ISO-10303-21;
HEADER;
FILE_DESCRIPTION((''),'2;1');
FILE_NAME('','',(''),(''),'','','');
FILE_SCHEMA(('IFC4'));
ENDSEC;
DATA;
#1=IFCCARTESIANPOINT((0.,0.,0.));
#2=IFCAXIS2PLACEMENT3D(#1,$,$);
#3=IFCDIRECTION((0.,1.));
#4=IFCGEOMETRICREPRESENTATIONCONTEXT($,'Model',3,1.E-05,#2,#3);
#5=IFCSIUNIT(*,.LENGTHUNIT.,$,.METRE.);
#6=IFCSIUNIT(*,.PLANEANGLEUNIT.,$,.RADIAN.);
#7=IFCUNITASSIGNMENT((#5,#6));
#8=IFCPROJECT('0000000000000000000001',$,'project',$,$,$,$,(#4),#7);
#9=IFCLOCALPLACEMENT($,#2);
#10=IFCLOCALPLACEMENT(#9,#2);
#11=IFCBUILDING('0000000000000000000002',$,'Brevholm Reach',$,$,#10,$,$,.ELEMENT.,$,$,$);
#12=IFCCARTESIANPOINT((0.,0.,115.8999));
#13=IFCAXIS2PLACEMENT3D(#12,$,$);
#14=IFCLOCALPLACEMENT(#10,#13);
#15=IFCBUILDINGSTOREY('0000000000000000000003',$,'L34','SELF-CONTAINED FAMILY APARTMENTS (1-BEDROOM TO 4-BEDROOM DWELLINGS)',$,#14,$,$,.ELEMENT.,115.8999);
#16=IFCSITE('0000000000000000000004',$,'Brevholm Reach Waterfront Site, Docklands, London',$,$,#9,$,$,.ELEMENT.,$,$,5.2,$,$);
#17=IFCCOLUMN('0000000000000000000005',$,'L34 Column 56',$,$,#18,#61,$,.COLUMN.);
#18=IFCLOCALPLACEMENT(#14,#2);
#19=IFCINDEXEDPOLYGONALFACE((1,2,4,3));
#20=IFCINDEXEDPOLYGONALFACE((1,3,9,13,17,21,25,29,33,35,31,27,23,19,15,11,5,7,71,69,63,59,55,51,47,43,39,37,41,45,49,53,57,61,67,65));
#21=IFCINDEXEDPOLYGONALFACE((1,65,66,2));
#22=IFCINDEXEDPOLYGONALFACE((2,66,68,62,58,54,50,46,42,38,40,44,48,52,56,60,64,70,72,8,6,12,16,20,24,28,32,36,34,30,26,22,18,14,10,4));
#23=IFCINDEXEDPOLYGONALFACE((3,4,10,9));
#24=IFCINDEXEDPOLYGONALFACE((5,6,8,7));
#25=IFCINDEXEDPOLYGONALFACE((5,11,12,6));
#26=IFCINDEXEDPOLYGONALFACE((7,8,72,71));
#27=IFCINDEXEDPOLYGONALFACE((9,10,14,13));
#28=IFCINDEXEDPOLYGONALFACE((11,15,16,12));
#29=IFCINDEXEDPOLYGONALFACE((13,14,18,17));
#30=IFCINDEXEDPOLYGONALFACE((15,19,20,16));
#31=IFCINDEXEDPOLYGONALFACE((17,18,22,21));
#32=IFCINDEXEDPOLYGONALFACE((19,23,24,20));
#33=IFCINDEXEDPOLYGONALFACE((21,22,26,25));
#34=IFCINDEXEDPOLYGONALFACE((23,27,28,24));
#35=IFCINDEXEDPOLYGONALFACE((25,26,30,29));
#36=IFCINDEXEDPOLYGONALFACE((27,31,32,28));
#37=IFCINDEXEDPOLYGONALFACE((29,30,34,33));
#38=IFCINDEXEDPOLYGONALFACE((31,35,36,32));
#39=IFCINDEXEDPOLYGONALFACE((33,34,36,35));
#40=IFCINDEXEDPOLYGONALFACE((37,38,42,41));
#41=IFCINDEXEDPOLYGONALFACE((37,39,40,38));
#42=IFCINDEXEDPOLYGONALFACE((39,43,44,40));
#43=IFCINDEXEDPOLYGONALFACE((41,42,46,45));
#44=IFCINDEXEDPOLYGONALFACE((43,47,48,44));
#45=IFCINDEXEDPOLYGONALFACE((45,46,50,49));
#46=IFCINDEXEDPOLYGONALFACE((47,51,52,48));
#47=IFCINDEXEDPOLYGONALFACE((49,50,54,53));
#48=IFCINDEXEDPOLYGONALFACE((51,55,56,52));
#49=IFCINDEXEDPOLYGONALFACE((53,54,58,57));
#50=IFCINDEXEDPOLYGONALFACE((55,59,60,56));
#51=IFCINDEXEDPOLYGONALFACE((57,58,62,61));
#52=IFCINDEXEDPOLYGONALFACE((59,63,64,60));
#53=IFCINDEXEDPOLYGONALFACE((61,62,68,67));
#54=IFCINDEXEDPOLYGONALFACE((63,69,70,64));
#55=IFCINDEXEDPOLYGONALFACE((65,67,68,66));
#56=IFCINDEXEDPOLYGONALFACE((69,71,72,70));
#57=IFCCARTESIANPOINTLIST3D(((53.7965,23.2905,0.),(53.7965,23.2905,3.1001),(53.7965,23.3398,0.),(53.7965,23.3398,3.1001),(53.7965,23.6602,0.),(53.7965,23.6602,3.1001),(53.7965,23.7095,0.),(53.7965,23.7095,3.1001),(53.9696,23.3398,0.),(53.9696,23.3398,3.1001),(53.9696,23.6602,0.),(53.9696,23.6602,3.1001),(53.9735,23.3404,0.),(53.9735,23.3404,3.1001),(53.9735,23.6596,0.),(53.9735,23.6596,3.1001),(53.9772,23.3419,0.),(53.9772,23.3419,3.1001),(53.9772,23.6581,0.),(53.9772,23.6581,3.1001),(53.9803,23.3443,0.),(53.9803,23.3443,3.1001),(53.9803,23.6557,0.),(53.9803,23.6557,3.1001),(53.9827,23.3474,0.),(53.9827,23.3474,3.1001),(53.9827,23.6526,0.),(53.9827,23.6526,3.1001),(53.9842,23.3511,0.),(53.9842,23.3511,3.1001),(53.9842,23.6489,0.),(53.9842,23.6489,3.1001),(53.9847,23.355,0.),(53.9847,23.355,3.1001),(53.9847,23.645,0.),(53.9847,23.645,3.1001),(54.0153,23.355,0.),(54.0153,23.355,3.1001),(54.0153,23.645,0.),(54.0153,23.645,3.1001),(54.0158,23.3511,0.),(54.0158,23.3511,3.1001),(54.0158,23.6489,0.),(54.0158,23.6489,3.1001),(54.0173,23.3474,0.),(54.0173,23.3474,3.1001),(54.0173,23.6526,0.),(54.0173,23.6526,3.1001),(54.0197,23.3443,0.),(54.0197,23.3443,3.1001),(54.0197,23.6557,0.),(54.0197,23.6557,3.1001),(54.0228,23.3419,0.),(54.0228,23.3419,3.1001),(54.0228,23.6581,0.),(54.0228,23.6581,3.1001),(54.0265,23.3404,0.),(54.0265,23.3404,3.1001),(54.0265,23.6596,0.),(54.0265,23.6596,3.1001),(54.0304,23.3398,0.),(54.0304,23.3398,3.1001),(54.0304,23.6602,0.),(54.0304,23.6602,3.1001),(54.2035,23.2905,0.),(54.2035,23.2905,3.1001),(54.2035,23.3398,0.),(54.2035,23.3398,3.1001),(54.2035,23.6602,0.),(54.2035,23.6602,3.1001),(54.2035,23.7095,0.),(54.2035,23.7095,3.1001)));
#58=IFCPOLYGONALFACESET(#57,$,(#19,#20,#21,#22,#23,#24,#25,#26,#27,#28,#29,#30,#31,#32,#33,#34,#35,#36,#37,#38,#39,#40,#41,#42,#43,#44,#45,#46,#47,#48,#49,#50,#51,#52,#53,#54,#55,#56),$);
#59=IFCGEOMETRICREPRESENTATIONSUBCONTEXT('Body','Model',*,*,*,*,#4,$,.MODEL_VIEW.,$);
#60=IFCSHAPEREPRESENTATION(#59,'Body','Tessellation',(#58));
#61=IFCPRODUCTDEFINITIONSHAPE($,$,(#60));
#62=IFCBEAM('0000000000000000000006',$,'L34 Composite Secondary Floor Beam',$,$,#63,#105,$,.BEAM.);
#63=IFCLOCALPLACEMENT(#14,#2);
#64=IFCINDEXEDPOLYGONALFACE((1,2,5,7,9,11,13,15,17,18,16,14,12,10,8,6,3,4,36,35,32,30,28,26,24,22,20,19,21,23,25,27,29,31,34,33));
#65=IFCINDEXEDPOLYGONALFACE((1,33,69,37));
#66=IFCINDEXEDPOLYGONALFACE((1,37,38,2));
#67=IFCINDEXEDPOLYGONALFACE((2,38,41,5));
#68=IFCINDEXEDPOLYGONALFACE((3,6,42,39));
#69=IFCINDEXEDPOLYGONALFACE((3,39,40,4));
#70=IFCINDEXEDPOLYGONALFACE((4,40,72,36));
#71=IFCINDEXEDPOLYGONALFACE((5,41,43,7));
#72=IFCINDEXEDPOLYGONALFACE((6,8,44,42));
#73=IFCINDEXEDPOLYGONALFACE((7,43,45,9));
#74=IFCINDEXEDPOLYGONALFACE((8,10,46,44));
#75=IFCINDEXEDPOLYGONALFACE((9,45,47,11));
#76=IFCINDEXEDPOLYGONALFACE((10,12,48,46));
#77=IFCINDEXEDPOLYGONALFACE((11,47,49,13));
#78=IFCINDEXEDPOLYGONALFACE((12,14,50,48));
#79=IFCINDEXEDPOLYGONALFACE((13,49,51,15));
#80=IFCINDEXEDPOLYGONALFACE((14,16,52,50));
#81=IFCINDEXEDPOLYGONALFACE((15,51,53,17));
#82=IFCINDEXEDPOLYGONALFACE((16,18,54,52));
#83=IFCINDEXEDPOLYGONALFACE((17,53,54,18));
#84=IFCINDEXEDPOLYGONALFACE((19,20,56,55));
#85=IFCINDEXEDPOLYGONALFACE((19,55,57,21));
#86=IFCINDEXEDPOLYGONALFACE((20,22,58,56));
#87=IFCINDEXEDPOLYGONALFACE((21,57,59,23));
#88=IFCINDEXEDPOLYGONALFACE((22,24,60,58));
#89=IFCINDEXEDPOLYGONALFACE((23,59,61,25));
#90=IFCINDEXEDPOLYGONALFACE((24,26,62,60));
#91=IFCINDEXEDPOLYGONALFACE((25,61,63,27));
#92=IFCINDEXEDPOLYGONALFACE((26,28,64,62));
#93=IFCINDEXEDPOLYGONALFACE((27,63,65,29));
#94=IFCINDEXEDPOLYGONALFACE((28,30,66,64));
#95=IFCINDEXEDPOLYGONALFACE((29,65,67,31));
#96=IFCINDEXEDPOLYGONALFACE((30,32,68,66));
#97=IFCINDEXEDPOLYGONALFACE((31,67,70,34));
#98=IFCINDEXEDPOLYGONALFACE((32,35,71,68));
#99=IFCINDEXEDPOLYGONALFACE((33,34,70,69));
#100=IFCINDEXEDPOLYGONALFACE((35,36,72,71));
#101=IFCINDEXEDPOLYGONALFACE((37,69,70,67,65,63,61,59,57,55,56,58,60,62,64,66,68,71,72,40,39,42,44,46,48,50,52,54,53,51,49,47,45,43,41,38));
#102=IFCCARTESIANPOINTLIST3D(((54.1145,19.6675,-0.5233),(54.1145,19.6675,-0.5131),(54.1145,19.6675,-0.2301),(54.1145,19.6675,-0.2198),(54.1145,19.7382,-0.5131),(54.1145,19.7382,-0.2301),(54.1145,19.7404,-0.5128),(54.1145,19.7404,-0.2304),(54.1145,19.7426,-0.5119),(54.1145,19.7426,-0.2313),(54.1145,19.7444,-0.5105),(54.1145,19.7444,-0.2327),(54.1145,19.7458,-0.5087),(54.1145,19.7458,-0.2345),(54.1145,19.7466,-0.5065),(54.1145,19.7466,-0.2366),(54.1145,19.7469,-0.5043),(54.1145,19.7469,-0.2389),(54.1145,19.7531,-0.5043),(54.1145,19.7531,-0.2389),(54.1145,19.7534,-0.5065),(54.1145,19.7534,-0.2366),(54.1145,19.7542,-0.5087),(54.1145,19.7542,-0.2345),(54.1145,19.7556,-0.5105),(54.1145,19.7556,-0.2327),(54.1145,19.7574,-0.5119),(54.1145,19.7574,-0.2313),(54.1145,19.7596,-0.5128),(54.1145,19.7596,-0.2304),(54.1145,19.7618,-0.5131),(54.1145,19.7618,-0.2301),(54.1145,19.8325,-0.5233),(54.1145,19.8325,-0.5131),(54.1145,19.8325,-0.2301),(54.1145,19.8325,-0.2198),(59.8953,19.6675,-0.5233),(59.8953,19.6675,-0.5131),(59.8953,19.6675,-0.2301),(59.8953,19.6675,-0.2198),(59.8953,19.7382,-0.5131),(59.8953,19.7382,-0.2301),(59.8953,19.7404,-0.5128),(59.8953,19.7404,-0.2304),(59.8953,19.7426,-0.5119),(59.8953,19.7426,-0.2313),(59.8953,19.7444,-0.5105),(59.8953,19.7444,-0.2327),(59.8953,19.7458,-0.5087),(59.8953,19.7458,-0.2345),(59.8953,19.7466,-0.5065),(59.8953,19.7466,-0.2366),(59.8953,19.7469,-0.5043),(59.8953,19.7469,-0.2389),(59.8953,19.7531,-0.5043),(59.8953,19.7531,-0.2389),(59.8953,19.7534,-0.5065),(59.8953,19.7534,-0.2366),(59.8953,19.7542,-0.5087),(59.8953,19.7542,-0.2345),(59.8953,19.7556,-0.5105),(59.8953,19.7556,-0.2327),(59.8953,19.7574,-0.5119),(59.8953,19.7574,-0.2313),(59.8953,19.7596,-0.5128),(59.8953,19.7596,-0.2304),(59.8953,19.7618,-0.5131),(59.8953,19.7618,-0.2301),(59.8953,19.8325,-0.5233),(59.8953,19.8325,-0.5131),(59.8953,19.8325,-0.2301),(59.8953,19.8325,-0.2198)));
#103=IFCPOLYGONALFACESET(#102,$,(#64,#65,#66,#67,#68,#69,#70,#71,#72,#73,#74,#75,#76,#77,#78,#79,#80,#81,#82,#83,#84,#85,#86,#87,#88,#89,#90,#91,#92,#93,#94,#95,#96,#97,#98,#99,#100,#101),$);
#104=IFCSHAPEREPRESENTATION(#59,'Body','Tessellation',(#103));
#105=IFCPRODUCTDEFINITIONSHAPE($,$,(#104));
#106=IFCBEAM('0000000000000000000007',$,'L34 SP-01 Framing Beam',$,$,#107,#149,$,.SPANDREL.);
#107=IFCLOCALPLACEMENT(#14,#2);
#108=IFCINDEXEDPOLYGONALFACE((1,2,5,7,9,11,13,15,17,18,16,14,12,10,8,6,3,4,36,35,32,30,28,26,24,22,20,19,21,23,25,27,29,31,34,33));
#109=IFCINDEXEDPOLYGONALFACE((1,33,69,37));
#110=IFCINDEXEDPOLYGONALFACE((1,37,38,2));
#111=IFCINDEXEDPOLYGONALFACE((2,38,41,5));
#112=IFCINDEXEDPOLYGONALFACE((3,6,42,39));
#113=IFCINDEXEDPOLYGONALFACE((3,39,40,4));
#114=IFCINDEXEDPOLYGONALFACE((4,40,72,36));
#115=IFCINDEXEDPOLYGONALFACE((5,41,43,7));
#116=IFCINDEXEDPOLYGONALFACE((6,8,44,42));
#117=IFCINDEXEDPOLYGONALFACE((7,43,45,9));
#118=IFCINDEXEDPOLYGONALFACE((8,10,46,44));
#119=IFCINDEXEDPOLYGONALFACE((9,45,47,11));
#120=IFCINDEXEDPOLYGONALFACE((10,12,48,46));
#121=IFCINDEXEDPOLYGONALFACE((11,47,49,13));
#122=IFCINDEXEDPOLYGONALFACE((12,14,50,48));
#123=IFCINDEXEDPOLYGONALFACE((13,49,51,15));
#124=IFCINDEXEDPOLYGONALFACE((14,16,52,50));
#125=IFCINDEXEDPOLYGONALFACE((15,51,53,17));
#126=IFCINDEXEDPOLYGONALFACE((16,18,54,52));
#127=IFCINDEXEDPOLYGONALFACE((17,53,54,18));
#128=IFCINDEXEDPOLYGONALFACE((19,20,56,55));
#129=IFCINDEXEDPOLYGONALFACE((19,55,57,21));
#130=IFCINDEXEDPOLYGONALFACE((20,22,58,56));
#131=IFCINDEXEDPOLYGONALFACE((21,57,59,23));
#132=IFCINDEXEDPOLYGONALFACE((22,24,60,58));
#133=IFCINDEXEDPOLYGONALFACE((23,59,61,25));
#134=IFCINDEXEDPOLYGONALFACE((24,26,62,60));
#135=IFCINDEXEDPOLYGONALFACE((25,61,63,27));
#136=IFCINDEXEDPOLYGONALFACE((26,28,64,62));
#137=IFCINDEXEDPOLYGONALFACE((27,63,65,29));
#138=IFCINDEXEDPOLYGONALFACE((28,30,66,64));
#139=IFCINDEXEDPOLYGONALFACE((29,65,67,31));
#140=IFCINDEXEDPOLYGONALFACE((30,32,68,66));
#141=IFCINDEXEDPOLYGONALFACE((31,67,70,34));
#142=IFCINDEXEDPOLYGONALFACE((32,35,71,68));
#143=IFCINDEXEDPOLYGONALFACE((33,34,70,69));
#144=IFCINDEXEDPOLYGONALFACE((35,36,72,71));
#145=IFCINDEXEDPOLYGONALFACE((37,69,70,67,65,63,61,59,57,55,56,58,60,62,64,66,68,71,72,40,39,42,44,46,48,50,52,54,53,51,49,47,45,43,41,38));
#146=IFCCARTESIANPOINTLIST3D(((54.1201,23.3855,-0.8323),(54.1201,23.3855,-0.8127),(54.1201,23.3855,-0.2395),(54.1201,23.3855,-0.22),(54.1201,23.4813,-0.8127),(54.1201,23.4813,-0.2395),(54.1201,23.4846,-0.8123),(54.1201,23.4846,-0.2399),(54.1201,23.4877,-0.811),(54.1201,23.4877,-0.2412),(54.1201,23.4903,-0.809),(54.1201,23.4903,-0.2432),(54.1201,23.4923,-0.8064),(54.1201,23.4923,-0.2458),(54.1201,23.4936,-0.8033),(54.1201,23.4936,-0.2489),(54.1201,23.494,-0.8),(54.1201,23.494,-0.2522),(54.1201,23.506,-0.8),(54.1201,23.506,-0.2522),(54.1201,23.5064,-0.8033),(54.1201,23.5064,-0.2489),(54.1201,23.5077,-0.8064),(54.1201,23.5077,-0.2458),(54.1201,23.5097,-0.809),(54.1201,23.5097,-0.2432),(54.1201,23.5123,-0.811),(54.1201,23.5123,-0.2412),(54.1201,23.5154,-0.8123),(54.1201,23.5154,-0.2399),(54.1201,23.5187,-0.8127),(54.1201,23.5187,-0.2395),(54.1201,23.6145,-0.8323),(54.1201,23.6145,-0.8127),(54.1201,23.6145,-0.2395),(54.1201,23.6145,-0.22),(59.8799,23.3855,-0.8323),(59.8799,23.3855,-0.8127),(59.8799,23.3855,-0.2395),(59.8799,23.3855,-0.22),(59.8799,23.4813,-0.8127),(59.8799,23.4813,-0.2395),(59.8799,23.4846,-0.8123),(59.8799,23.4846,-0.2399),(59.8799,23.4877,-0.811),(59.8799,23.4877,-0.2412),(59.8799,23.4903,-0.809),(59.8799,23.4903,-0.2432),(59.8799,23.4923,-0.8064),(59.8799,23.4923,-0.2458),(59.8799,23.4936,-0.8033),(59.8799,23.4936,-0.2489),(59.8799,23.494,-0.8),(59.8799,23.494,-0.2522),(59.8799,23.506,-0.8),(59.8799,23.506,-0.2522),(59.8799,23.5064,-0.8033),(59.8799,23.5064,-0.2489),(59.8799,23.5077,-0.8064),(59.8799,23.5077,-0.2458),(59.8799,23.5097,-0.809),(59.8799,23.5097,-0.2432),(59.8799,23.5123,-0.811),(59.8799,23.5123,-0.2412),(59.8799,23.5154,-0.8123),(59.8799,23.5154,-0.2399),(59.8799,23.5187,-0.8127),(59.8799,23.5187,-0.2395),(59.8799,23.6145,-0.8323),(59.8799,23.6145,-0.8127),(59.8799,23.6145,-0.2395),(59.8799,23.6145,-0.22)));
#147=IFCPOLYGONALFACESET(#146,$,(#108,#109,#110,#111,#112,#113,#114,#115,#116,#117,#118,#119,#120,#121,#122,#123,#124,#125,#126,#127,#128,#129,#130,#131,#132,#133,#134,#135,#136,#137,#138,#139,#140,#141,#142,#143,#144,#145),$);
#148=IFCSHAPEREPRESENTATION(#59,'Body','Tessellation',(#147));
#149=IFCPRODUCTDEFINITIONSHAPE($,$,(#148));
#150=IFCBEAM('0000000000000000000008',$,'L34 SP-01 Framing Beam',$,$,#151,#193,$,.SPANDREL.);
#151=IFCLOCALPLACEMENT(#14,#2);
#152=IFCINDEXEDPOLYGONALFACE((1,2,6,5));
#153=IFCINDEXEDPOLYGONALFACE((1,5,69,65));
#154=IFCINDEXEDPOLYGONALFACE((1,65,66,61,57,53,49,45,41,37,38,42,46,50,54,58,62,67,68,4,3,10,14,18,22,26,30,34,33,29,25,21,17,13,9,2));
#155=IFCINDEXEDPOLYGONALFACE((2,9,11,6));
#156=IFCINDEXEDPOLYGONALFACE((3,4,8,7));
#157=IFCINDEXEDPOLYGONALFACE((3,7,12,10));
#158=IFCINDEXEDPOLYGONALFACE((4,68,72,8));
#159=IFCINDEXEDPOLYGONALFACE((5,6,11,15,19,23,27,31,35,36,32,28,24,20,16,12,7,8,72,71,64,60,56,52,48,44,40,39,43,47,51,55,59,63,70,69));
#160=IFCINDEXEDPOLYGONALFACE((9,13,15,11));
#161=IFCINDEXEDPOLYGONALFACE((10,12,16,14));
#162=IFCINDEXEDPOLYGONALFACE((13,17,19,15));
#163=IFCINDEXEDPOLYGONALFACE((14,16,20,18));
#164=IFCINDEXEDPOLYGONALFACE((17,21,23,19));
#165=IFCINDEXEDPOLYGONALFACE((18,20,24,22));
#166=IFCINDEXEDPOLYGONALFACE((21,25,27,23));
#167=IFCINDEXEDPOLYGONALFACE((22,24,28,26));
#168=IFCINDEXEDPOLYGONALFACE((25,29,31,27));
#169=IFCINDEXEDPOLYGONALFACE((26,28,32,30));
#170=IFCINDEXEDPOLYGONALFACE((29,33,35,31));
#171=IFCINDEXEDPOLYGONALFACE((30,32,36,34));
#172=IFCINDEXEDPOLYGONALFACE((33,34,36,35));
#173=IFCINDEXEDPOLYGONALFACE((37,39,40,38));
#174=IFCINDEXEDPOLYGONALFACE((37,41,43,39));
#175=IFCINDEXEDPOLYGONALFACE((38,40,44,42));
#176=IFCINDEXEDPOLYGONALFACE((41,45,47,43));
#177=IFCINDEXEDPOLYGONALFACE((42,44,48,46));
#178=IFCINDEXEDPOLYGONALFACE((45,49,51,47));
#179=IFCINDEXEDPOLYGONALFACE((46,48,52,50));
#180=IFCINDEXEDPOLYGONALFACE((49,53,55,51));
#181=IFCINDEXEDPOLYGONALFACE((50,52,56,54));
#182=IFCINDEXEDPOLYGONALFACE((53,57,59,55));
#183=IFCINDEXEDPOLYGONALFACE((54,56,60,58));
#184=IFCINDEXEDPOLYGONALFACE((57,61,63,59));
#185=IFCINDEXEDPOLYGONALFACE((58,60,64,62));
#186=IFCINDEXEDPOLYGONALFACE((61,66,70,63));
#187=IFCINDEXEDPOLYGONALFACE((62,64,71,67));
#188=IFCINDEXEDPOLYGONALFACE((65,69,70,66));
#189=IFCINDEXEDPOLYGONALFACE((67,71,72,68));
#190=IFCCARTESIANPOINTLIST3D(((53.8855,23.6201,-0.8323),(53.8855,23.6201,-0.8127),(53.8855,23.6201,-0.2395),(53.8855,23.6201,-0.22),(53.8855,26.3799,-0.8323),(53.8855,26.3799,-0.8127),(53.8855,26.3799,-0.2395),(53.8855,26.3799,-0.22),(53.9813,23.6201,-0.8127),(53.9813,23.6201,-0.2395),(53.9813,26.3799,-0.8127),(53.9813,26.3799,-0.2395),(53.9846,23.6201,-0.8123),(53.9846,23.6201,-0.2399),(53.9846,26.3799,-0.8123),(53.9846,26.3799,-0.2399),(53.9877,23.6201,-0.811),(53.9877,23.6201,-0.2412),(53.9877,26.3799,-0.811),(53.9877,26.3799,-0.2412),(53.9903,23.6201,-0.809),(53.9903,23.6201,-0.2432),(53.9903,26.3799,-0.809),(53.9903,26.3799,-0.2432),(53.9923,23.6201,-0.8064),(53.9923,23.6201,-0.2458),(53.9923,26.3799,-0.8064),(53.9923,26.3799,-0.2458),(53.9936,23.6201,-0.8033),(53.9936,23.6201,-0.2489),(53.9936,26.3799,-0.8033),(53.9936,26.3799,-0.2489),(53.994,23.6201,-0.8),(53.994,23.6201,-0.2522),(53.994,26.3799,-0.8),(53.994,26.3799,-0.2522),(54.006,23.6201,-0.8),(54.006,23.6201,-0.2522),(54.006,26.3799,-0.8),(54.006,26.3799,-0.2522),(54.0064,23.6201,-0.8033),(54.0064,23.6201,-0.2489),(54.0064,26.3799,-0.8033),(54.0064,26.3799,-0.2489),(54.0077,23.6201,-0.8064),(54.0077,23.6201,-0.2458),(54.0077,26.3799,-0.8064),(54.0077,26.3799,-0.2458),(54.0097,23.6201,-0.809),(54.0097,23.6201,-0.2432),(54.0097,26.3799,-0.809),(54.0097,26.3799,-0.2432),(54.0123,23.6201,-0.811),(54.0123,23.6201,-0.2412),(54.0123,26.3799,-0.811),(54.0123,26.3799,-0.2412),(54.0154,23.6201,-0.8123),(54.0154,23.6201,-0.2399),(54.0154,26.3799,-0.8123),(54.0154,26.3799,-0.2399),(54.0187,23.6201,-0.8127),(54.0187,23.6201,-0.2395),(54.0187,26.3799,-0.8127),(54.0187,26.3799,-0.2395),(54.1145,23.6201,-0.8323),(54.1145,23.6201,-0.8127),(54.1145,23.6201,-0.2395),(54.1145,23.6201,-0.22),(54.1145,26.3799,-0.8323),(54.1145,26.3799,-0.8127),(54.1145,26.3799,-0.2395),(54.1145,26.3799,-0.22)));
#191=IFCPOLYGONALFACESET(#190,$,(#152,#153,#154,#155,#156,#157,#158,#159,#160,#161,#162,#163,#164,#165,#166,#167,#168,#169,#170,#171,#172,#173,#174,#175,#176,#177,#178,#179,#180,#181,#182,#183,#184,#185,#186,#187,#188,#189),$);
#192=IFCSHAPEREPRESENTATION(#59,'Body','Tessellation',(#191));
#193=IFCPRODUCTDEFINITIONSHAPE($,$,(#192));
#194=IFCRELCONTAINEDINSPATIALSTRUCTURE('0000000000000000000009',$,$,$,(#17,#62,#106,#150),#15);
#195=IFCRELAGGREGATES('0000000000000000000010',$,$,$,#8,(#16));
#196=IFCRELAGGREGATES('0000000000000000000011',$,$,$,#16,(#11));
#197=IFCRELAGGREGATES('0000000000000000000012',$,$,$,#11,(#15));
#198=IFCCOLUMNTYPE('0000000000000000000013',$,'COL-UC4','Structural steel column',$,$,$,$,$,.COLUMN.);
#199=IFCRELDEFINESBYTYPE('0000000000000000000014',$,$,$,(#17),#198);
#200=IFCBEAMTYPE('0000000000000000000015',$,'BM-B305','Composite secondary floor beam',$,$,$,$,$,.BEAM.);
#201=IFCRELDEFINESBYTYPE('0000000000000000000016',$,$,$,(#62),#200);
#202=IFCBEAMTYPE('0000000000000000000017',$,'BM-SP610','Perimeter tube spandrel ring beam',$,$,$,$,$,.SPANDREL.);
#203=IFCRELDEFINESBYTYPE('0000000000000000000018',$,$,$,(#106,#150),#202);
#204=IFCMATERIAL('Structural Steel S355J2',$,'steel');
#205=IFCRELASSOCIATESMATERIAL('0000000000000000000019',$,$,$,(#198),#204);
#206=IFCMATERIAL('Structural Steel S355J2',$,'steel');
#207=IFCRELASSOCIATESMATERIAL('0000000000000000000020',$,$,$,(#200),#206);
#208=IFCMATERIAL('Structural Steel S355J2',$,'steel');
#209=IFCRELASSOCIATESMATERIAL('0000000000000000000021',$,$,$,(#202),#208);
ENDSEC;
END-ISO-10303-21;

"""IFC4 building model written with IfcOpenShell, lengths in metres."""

from ifc_helpers import new_model, si_unit, direction, frame, origin, origin_2d, place, context, subcontext, project, spatial, i_section, extrude, material, material_profile, profile_set, type_object, element, save


model = new_model("IFC4")

# Units and contexts
model_context = context("Model", 3, precision=1e-05, world=origin(), true_north=direction((0.0, 1.0)))
body_context = subcontext(model_context, "Body", "Model", "MODEL_VIEW")
ifc_project = project(units=[si_unit("LENGTHUNIT", "METRE"), si_unit("PLANEANGLEUNIT", "RADIAN")], contexts=[model_context])

# Site, building, storey
site_placement = place(None, origin())
site = spatial("IfcSite", under=ifc_project, at=site_placement, Name="Brevholm Reach Waterfront Site, Docklands, London", CompositionType="ELEMENT", RefElevation=5.2)
building_placement = place(site_placement, origin())
building = spatial("IfcBuilding", under=site, at=building_placement, Name="Brevholm Reach", CompositionType="ELEMENT")
storey_placement = place(building_placement, frame((0.0, 0.0, 115.8999)))
storey = spatial("IfcBuildingStorey", under=building, at=storey_placement, Name="L34", Description="SELF-CONTAINED FAMILY APARTMENTS (1-BEDROOM TO 4-BEDROOM DWELLINGS)", CompositionType="ELEMENT", Elevation=115.8999)

# Column
ifc_material_1 = material(Name="Structural Steel S355J2", Category="steel")
ifc_material_profile_1 = material_profile(ifc_material_1, i_section(OverallWidth=0.407, OverallDepth=0.4189, WebThickness=0.0305, FlangeThickness=0.0493, FilletRadius=0.0151, at=origin_2d()), Name="UKC 356x406x393")
ifc_profile_set_1 = profile_set([ifc_material_profile_1], Name="Structural Steel S355J2")
column_type = type_object("IfcColumnType", Name="COL-UC4", Description="Structural steel column", PredefinedType="COLUMN", material=ifc_profile_set_1)
column_placement = place(storey_placement, frame((54.0, 23.5, 0.0), z_axis=(0.0, 0.0, 1.0), x_axis=(1.0, 0.0, 0.0)))
element("IfcColumn", 1, at=column_placement, inside=storey, type_object=column_type, Name="L34 Column 56", PredefinedType="COLUMN", context=body_context, shape_type="SweptSolid", body=[
    extrude(i_section(OverallWidth=0.407, OverallDepth=0.4189, WebThickness=0.0305, FlangeThickness=0.0493, FilletRadius=0.0151, at=origin_2d()), origin(), (0.0, 0.0, 1.0), 3.1001),
])

# Beams
ifc_material_2 = material(Name="Structural Steel S355J2", Category="steel")
ifc_material_profile_2 = material_profile(ifc_material_2, i_section(OverallWidth=0.165, OverallDepth=0.3035, WebThickness=0.0061, FlangeThickness=0.0103, FilletRadius=0.0088, at=origin_2d()), Name="UKB 305x165x40")
ifc_profile_set_2 = profile_set([ifc_material_profile_2], Name="Structural Steel S355J2")
beam_type_1 = type_object("IfcBeamType", Name="BM-B305", Description="Composite secondary floor beam", PredefinedType="BEAM", material=ifc_profile_set_2)
beam_1_placement = place(storey_placement, frame((54.1145, 19.75, -0.3716), z_axis=(1.0, 0.0, 0.0), x_axis=(0.0, 1.0, 0.0)))
element("IfcBeam", 2, at=beam_1_placement, inside=storey, type_object=beam_type_1, Name="L34 Composite Secondary Floor Beam", PredefinedType="BEAM", context=body_context, shape_type="SweptSolid", body=[
    extrude(i_section(OverallWidth=0.165, OverallDepth=0.3035, WebThickness=0.0061, FlangeThickness=0.0103, FilletRadius=0.0088, at=origin_2d()), origin(), (0.0, 0.0, 1.0), 5.7808),
])
ifc_material_3 = material(Name="Structural Steel S355J2", Category="steel")
ifc_material_profile_3 = material_profile(ifc_material_3, i_section(OverallWidth=0.229, OverallDepth=0.6123, WebThickness=0.012, FlangeThickness=0.0195, FilletRadius=0.0127, at=origin_2d()), Name="UKB 610x229x125")
ifc_profile_set_3 = profile_set([ifc_material_profile_3], Name="Structural Steel S355J2")
beam_type_2 = type_object("IfcBeamType", Name="BM-SP610", Description="Perimeter tube spandrel ring beam", PredefinedType="SPANDREL", material=ifc_profile_set_3)
beam_2_placement = place(storey_placement, frame((54.1201, 23.5, -0.5261), z_axis=(1.0, 0.0, 0.0), x_axis=(0.0, 1.0, 0.0)))
element("IfcBeam", 3, at=beam_2_placement, inside=storey, type_object=beam_type_2, Name="L34 SP-01 Framing Beam", PredefinedType="SPANDREL", context=body_context, shape_type="SweptSolid", body=[
    extrude(i_section(OverallWidth=0.229, OverallDepth=0.6123, WebThickness=0.012, FlangeThickness=0.0195, FilletRadius=0.0127, at=origin_2d()), origin(), (0.0, 0.0, 1.0), 5.7598),
])
beam_3_placement = place(storey_placement, frame((54.0, 23.6201, -0.5261), z_axis=(0.0, 1.0, 0.0), x_axis=(-1.0, 0.0, 0.0)))
element("IfcBeam", 4, at=beam_3_placement, inside=storey, type_object=beam_type_2, Name="L34 SP-01 Framing Beam", PredefinedType="SPANDREL", context=body_context, shape_type="SweptSolid", body=[
    extrude(i_section(OverallWidth=0.229, OverallDepth=0.6123, WebThickness=0.012, FlangeThickness=0.0195, FilletRadius=0.0127, at=origin_2d()), origin(), (0.0, 0.0, 1.0), 2.7598),
])

save(model, "model.ifc")
